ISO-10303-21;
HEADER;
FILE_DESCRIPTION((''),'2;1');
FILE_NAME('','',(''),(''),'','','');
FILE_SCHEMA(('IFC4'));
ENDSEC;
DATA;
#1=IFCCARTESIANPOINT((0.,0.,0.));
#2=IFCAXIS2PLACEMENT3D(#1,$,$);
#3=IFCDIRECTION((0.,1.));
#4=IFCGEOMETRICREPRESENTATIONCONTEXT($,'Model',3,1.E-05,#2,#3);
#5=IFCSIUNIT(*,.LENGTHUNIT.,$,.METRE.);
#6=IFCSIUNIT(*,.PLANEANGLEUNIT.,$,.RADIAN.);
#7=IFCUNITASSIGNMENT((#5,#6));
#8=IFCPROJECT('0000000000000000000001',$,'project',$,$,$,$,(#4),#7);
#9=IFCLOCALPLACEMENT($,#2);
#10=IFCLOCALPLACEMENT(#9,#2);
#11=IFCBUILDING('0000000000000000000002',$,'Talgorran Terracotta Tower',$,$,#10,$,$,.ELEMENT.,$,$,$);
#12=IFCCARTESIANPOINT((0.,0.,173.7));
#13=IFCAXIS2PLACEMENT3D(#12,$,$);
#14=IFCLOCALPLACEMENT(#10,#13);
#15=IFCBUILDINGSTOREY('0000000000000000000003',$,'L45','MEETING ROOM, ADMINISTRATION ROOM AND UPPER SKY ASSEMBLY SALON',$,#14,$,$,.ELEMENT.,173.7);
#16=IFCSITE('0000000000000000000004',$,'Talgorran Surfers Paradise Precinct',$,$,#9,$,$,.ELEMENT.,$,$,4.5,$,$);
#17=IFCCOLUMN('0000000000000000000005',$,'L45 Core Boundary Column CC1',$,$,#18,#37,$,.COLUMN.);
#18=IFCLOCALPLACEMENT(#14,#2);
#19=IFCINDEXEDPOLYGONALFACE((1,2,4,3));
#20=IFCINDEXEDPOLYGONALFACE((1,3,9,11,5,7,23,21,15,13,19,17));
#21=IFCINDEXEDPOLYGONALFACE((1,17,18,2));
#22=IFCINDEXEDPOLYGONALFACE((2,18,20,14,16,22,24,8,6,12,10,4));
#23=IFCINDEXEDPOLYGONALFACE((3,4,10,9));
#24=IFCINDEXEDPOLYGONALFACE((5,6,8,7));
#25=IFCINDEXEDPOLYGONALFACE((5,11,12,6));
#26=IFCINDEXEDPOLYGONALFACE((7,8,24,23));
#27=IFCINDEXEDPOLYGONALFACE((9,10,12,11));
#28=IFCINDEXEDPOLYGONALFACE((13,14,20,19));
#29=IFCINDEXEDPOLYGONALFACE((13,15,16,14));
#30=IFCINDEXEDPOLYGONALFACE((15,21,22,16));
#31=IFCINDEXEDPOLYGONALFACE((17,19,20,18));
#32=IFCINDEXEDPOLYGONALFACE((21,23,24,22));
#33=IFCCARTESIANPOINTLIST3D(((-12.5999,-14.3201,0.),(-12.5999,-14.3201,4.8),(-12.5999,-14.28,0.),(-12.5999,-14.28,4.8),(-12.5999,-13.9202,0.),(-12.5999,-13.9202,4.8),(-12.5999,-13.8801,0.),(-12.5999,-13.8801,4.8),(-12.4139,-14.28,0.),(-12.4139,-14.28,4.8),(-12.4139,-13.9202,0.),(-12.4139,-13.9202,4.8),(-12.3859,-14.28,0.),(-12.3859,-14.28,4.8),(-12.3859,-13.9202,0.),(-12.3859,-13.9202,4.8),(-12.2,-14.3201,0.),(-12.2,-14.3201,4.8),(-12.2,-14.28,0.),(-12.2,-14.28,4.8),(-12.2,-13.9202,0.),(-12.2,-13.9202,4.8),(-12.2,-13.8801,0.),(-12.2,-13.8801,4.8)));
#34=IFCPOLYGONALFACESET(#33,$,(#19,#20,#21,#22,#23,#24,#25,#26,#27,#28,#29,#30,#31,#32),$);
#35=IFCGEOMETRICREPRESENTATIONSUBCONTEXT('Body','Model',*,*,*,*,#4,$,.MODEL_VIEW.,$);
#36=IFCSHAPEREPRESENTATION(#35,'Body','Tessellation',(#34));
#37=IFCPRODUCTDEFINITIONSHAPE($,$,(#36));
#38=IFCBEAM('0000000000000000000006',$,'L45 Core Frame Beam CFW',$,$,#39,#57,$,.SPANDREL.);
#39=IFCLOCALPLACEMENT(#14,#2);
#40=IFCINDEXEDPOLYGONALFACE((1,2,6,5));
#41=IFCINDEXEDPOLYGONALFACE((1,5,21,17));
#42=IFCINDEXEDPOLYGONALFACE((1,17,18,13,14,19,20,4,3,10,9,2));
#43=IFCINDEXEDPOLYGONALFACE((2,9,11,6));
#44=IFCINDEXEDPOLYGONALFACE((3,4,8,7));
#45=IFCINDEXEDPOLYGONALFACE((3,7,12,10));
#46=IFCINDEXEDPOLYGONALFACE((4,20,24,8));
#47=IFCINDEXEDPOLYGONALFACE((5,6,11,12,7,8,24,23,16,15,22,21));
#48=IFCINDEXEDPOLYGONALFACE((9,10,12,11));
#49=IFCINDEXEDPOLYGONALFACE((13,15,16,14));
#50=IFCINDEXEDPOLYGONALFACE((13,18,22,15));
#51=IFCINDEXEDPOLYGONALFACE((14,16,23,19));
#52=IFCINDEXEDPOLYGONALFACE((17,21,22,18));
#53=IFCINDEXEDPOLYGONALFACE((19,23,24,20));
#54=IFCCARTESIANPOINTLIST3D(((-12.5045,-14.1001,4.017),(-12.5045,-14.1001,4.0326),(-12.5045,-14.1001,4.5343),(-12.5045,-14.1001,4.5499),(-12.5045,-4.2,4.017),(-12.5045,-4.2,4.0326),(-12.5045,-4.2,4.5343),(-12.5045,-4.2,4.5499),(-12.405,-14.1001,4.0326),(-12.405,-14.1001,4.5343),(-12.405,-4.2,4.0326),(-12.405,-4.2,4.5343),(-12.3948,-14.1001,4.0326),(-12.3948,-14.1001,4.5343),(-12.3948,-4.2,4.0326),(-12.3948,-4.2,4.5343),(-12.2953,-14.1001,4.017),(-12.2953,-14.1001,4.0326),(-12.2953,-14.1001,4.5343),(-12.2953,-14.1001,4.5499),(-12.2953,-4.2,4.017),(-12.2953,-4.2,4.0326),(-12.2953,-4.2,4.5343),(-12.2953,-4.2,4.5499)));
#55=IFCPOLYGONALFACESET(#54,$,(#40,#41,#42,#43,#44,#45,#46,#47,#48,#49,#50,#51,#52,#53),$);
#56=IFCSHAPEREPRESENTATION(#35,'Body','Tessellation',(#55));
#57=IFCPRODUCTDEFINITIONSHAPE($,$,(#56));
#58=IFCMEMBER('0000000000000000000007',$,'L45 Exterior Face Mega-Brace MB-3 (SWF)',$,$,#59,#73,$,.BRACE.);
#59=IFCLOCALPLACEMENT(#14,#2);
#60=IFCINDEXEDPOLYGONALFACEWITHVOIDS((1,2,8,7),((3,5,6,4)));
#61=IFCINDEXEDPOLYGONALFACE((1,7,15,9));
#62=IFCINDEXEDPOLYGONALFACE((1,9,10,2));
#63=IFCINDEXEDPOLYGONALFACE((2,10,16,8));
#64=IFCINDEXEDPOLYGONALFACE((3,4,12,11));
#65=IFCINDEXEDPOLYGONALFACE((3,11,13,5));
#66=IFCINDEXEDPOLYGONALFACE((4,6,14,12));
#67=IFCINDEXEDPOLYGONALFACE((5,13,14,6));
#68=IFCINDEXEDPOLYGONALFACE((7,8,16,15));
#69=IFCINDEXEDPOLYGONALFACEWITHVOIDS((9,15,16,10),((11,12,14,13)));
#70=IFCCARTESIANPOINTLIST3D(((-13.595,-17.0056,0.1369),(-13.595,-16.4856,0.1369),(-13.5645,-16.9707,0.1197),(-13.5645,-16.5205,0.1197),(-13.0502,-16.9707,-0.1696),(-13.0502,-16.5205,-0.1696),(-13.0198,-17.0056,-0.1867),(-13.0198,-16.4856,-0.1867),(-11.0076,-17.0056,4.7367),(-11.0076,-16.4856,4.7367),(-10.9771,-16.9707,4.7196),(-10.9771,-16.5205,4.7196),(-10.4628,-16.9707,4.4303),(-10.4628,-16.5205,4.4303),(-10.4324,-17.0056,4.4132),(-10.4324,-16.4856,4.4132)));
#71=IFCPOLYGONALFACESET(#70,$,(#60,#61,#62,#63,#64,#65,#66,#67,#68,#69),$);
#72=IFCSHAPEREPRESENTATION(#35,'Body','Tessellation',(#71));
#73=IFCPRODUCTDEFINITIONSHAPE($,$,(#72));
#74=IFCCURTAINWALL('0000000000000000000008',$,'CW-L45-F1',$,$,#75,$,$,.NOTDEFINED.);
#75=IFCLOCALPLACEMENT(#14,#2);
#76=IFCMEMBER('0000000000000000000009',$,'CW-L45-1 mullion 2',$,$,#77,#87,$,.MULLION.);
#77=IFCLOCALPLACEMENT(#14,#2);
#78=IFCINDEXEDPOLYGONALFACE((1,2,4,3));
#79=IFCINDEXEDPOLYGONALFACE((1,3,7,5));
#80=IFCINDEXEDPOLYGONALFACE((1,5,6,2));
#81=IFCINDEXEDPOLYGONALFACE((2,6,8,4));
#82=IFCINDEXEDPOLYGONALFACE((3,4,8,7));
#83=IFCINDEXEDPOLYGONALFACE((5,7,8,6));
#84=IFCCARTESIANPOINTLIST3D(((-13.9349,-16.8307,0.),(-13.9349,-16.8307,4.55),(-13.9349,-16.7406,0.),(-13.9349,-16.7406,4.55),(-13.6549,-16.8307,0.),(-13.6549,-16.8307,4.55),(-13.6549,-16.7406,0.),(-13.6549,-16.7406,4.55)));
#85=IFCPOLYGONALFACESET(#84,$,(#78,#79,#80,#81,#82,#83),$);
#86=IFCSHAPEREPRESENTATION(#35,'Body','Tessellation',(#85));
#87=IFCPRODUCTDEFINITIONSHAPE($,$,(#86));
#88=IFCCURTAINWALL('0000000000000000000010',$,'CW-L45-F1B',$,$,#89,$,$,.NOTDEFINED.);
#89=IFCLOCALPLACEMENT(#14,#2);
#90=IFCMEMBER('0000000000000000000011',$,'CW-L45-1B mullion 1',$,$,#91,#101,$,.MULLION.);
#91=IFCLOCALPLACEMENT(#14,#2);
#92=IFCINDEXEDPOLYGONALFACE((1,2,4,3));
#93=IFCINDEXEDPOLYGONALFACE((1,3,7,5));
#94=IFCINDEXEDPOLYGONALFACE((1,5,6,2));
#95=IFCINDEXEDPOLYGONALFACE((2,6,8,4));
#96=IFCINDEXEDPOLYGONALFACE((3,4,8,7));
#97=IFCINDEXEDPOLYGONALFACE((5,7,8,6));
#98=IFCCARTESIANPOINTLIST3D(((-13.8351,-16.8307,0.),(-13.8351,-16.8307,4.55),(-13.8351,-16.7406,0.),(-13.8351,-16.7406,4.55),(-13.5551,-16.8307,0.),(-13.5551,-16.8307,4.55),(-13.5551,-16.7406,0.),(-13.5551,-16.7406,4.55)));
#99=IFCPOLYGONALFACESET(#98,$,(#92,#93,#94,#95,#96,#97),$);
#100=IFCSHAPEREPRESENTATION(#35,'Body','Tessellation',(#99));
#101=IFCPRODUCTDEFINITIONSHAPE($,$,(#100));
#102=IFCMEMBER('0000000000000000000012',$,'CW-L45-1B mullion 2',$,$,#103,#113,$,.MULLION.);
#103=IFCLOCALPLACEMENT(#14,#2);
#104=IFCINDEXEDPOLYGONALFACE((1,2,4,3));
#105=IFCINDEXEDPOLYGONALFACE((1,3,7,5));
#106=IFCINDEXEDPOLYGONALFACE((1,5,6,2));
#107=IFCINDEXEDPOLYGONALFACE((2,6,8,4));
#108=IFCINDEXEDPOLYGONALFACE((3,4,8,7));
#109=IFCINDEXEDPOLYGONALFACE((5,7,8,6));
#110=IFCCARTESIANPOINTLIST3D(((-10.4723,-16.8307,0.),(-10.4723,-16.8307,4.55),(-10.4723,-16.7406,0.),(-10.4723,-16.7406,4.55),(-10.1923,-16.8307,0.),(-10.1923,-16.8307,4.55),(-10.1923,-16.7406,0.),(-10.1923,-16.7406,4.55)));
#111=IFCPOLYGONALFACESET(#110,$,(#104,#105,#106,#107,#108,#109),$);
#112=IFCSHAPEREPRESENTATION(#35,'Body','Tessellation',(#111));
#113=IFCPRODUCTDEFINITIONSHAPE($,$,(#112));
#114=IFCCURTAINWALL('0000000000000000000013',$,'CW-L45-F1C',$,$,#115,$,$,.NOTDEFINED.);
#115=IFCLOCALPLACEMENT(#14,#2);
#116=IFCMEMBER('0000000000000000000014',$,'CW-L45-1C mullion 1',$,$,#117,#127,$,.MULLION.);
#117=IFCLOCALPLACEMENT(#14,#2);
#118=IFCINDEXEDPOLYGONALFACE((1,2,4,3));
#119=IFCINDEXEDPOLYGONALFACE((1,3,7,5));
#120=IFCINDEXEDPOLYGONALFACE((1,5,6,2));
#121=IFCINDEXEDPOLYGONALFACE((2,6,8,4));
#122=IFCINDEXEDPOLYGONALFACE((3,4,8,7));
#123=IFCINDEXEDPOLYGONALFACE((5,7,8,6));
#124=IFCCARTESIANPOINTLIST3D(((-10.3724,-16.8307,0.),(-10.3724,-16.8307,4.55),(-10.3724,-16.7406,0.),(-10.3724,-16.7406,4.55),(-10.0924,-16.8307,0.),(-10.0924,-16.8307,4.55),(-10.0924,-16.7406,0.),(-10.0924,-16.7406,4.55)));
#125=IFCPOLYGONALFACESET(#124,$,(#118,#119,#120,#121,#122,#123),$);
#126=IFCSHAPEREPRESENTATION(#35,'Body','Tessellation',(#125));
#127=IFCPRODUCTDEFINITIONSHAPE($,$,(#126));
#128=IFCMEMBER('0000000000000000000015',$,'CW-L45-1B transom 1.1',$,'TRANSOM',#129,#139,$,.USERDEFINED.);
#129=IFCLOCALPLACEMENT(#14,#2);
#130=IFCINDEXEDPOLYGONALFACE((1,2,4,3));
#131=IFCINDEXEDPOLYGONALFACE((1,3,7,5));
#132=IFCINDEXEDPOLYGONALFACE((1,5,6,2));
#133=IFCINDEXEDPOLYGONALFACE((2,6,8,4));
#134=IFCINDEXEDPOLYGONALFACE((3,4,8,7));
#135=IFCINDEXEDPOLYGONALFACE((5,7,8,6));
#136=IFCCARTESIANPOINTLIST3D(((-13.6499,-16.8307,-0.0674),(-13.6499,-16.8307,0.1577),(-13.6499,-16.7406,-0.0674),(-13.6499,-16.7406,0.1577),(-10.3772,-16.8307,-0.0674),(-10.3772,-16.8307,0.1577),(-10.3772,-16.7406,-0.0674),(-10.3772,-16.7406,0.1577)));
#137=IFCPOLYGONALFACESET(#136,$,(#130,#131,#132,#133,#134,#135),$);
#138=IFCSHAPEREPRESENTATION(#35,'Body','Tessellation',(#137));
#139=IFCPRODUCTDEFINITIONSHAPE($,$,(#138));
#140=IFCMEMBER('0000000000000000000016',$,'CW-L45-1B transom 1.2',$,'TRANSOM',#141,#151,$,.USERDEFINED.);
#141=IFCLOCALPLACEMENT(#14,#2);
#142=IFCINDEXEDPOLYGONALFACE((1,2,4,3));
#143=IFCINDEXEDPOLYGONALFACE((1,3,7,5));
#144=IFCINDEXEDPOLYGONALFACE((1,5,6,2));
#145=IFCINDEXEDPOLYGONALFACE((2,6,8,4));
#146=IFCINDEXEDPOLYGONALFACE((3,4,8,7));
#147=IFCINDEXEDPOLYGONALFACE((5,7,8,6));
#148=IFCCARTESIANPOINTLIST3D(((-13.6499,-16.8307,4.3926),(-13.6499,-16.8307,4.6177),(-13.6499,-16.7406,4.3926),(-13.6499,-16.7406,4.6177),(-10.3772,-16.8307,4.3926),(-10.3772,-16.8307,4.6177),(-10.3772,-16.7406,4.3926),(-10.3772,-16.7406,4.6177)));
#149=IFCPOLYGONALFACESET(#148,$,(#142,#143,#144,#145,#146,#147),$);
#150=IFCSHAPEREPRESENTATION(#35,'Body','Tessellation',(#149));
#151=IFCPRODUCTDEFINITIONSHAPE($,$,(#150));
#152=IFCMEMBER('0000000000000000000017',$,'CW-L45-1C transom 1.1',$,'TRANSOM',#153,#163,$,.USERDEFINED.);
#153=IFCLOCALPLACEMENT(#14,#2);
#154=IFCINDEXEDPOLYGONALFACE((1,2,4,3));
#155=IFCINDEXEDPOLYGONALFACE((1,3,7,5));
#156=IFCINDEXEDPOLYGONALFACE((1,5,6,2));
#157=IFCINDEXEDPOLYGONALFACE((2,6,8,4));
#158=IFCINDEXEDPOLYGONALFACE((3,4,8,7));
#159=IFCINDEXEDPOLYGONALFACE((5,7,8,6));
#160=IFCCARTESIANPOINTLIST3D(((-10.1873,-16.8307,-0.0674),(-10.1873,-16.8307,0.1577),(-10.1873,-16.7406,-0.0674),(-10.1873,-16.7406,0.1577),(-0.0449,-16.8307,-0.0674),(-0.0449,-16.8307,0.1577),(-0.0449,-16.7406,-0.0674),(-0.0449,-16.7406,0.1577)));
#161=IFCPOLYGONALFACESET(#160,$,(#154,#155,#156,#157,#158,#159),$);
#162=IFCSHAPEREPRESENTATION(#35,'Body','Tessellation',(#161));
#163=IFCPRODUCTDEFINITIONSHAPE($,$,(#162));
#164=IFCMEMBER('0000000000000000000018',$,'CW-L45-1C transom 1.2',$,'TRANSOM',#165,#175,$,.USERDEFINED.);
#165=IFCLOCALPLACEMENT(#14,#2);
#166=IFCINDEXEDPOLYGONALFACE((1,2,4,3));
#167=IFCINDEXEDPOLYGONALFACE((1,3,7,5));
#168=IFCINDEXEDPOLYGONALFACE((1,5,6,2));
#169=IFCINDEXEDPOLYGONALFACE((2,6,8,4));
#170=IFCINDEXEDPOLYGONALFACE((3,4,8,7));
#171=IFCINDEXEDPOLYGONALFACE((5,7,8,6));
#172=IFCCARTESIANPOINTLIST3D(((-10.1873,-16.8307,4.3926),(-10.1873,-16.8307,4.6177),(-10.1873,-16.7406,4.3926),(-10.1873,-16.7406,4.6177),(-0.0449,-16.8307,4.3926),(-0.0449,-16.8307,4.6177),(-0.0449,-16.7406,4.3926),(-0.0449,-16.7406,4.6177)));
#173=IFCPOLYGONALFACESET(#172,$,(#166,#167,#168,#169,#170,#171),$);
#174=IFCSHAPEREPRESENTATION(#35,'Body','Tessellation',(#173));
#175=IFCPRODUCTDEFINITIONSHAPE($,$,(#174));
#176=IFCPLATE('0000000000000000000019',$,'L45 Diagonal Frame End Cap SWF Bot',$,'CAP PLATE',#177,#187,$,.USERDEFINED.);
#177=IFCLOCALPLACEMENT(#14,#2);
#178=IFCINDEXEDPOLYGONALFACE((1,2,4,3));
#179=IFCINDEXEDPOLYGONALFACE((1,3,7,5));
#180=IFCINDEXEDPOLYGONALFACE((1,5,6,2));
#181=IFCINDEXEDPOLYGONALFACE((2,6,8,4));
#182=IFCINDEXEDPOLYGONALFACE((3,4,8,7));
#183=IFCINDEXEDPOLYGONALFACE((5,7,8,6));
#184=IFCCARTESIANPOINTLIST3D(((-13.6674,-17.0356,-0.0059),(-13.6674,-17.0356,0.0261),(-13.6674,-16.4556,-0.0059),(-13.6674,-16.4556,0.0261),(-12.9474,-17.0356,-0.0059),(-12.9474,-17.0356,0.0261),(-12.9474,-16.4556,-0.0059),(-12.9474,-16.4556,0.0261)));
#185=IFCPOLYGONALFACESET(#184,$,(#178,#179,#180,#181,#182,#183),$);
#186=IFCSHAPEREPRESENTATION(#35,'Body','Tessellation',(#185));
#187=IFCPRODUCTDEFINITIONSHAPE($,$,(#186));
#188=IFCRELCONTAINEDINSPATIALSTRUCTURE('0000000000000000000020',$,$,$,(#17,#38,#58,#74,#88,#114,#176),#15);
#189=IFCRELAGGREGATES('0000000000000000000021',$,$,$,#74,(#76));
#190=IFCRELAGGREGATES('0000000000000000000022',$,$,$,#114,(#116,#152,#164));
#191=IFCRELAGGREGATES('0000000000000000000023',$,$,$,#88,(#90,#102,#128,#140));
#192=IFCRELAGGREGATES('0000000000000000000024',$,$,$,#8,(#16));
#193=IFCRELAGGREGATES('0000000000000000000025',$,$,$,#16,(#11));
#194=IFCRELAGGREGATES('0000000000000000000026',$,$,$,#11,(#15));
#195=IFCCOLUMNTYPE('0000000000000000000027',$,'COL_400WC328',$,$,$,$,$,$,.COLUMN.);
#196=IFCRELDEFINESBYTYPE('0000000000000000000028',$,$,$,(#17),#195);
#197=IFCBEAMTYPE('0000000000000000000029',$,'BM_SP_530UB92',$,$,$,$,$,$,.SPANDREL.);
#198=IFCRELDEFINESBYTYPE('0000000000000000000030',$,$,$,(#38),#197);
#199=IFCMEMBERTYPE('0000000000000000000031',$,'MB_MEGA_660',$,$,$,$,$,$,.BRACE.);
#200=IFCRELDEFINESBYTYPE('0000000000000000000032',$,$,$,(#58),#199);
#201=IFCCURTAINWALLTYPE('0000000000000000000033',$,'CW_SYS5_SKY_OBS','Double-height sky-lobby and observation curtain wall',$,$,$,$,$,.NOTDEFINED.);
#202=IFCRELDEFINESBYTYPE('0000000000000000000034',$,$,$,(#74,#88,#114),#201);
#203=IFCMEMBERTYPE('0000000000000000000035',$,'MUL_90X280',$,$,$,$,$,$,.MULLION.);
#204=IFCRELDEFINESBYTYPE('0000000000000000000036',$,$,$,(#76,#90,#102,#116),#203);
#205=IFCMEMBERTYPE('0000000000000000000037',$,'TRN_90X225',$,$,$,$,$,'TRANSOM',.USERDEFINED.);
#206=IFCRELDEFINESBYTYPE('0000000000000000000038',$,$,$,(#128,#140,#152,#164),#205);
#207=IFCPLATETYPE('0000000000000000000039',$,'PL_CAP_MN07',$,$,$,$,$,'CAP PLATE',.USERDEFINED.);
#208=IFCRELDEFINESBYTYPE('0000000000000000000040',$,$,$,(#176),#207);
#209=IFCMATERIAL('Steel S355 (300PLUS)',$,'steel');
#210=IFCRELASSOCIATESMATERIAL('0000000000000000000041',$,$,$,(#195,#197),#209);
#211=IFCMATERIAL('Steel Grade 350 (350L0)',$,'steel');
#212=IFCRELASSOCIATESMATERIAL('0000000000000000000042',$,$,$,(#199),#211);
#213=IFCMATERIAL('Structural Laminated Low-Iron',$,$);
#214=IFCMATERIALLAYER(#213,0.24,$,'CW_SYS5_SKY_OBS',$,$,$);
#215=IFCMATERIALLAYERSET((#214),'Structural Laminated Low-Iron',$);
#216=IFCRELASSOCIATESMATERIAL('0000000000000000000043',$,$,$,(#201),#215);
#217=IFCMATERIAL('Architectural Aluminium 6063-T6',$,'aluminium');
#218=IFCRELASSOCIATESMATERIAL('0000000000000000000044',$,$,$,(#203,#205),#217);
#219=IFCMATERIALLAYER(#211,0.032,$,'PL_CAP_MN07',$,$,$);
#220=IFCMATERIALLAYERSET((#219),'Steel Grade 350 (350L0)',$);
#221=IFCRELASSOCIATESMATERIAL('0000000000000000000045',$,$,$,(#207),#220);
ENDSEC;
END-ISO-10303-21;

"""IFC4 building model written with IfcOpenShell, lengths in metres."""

from ifc_helpers import new_model, si_unit, direction, frame, origin, origin_2d, place, context, subcontext, project, spatial, rectangle, hollow_rectangle, i_section, extrude, material, layer, layer_set, material_profile, profile_set, type_object, element, aggregate, save


model = new_model("IFC4")

# Units and contexts
model_context = context("Model", 3, precision=1e-05, world=origin(), true_north=direction((0.0, 1.0)))
body_context = subcontext(model_context, "Body", "Model", "MODEL_VIEW")
ifc_project = project(units=[si_unit("LENGTHUNIT", "METRE"), si_unit("PLANEANGLEUNIT", "RADIAN")], contexts=[model_context])

# Site, building, storey
site_placement = place(None, origin())
site = spatial("IfcSite", under=ifc_project, at=site_placement, Name="Talgorran Surfers Paradise Precinct", CompositionType="ELEMENT", RefElevation=4.5)
building_placement = place(site_placement, origin())
building = spatial("IfcBuilding", under=site, at=building_placement, Name="Talgorran Terracotta Tower", CompositionType="ELEMENT")
storey_placement = place(building_placement, frame((0.0, 0.0, 173.7)))
storey = spatial("IfcBuildingStorey", under=building, at=storey_placement, Name="L45", Description="MEETING ROOM, ADMINISTRATION ROOM AND UPPER SKY ASSEMBLY SALON", CompositionType="ELEMENT", Elevation=173.7)

# Column
ifc_material_1 = material(Name="Steel S355 (300PLUS)", Category="steel")
ifc_material_profile_1 = material_profile(ifc_material_1, i_section(OverallWidth=0.3999, OverallDepth=0.4399, WebThickness=0.0281, FlangeThickness=0.04, at=origin_2d()), Name="400WC328")
ifc_profile_set_1 = profile_set([ifc_material_profile_1], Name="Steel S355 (300PLUS)")
column_type = type_object("IfcColumnType", Name="COL_400WC328", PredefinedType="COLUMN", material=ifc_profile_set_1)
column_placement = place(storey_placement, frame((-12.3999, -14.1001, 0.0), z_axis=(0.0, 0.0, 1.0), x_axis=(1.0, 0.0, 0.0)))
element("IfcColumn", 1, at=column_placement, inside=storey, type_object=column_type, Name="L45 Core Boundary Column CC1", PredefinedType="COLUMN", context=body_context, shape_type="SweptSolid", body=[
    extrude(i_section(OverallWidth=0.3999, OverallDepth=0.4399, WebThickness=0.0281, FlangeThickness=0.04, at=origin_2d()), origin(), (0.0, 0.0, 1.0), 4.8),
])

# Beam
ifc_material_profile_2 = material_profile(ifc_material_1, i_section(OverallWidth=0.2092, OverallDepth=0.533, WebThickness=0.0103, FlangeThickness=0.0156, at=origin_2d()), Name="530UB92.4")
ifc_profile_set_2 = profile_set([ifc_material_profile_2], Name="Steel S355 (300PLUS)")
beam_type = type_object("IfcBeamType", Name="BM_SP_530UB92", PredefinedType="SPANDREL", material=ifc_profile_set_2)
beam_placement = place(storey_placement, frame((-12.3999, -14.1001, 4.2834), z_axis=(0.0, 1.0, 0.0), x_axis=(-1.0, 0.0, 0.0)))
element("IfcBeam", 2, at=beam_placement, inside=storey, type_object=beam_type, Name="L45 Core Frame Beam CFW", PredefinedType="SPANDREL", context=body_context, shape_type="SweptSolid", body=[
    extrude(i_section(OverallWidth=0.2092, OverallDepth=0.533, WebThickness=0.0103, FlangeThickness=0.0156, at=origin_2d()), origin(), (0.0, 0.0, 1.0), 9.9001),
])

# Member
ifc_material_2 = material(Name="Steel Grade 350 (350L0)", Category="steel")
ifc_material_profile_3 = material_profile(ifc_material_2, hollow_rectangle(XDim=0.52, YDim=0.6599, WallThickness=0.0349, at=origin_2d()), Name="WBOX660X520X35")
ifc_profile_set_3 = profile_set([ifc_material_profile_3], Name="Steel Grade 350 (350L0)")
member_type_1 = type_object("IfcMemberType", Name="MB_MEGA_660", PredefinedType="BRACE", material=ifc_profile_set_3)
member_1_placement = place(storey_placement, frame((-13.3074, -16.7456, -0.0249), z_axis=(0.490259, 0.0, 0.871577), x_axis=(0.0, 1.0, 0.0)))
element("IfcMember", 3, at=member_1_placement, inside=storey, type_object=member_type_1, Name="L45 Exterior Face Mega-Brace MB-3 (SWF)", PredefinedType="BRACE", context=body_context, shape_type="SweptSolid", body=[
    extrude(hollow_rectangle(XDim=0.52, YDim=0.6599, WallThickness=0.0349, at=origin_2d()), origin(), (0.0, 0.0, 1.0), 5.2776),
])

# Curtain wall, member
ifc_material_3 = material(Name="Structural Laminated Low-Iron")
ifc_layer_1 = layer(ifc_material_3, 0.24, Name="CW_SYS5_SKY_OBS")
ifc_layer_set_1 = layer_set([ifc_layer_1], Name="Structural Laminated Low-Iron")
curtain_wall_type = type_object("IfcCurtainWallType", Name="CW_SYS5_SKY_OBS", Description="Double-height sky-lobby and observation curtain wall", PredefinedType="NOTDEFINED", material=ifc_layer_set_1)
curtain_wall_1_placement = place(storey_placement, origin())
curtain_wall_1 = element("IfcCurtainWall", 4, at=curtain_wall_1_placement, inside=storey, type_object=curtain_wall_type, Name="CW-L45-F1", PredefinedType="NOTDEFINED")
ifc_material_4 = material(Name="Architectural Aluminium 6063-T6", Category="aluminium")
ifc_material_profile_4 = material_profile(ifc_material_4, rectangle(XDim=0.0901, YDim=0.28, at=origin_2d()), Name="CWM90X280")
ifc_profile_set_4 = profile_set([ifc_material_profile_4], Name="Architectural Aluminium 6063-T6")
member_type_2 = type_object("IfcMemberType", Name="MUL_90X280", PredefinedType="MULLION", material=ifc_profile_set_4)
member_2_placement = place(storey_placement, frame((-13.7949, -16.7856, 0.0), z_axis=(0.0, 0.0, 1.0), x_axis=(0.0, 1.0, 0.0)))
member_2 = element("IfcMember", 5, at=member_2_placement, type_object=member_type_2, Name="CW-L45-1 mullion 2", PredefinedType="MULLION", context=body_context, shape_type="SweptSolid", body=[
    extrude(rectangle(XDim=0.0901, YDim=0.28, at=origin_2d()), origin(), (0.0, 0.0, 1.0), 4.55),
])
aggregate(curtain_wall_1, [member_2])

# Curtain wall, members
curtain_wall_2_placement = place(storey_placement, origin())
curtain_wall_2 = element("IfcCurtainWall", 6, at=curtain_wall_2_placement, inside=storey, type_object=curtain_wall_type, Name="CW-L45-F1B", PredefinedType="NOTDEFINED")
member_3_placement = place(storey_placement, frame((-13.6951, -16.7856, 0.0), z_axis=(0.0, 0.0, 1.0), x_axis=(0.0, 1.0, 0.0)))
member_3 = element("IfcMember", 7, at=member_3_placement, type_object=member_type_2, Name="CW-L45-1B mullion 1", PredefinedType="MULLION", context=body_context, shape_type="SweptSolid", body=[
    extrude(rectangle(XDim=0.0901, YDim=0.28, at=origin_2d()), origin(), (0.0, 0.0, 1.0), 4.55),
])
member_4_placement = place(storey_placement, frame((-10.3323, -16.7856, 0.0), z_axis=(0.0, 0.0, 1.0), x_axis=(0.0, 1.0, 0.0)))
member_4 = element("IfcMember", 8, at=member_4_placement, type_object=member_type_2, Name="CW-L45-1B mullion 2", PredefinedType="MULLION", context=body_context, shape_type="SweptSolid", body=[
    extrude(rectangle(XDim=0.0901, YDim=0.28, at=origin_2d()), origin(), (0.0, 0.0, 1.0), 4.55),
])

# Curtain wall, member
curtain_wall_3_placement = place(storey_placement, origin())
curtain_wall_3 = element("IfcCurtainWall", 9, at=curtain_wall_3_placement, inside=storey, type_object=curtain_wall_type, Name="CW-L45-F1C", PredefinedType="NOTDEFINED")
member_5_placement = place(storey_placement, frame((-10.2324, -16.7856, 0.0), z_axis=(0.0, 0.0, 1.0), x_axis=(0.0, 1.0, 0.0)))
member_5 = element("IfcMember", 10, at=member_5_placement, type_object=member_type_2, Name="CW-L45-1C mullion 1", PredefinedType="MULLION", context=body_context, shape_type="SweptSolid", body=[
    extrude(rectangle(XDim=0.0901, YDim=0.28, at=origin_2d()), origin(), (0.0, 0.0, 1.0), 4.55),
])

# Members
ifc_material_profile_5 = material_profile(ifc_material_4, rectangle(XDim=0.0901, YDim=0.2251, at=origin_2d()), Name="CWT90X225")
ifc_profile_set_5 = profile_set([ifc_material_profile_5], Name="Architectural Aluminium 6063-T6")
member_type_3 = type_object("IfcMemberType", Name="TRN_90X225", ElementType="TRANSOM", PredefinedType="USERDEFINED", material=ifc_profile_set_5)
member_6_placement = place(storey_placement, frame((-13.6499, -16.7856, 0.0452), z_axis=(1.0, 0.0, 0.0), x_axis=(0.0, 1.0, 0.0)))
member_6 = element("IfcMember", 11, at=member_6_placement, type_object=member_type_3, Name="CW-L45-1B transom 1.1", ObjectType="TRANSOM", PredefinedType="USERDEFINED", context=body_context, shape_type="SweptSolid", body=[
    extrude(rectangle(XDim=0.0901, YDim=0.2251, at=origin_2d()), origin(), (0.0, 0.0, 1.0), 3.2727),
])
member_7_placement = place(storey_placement, frame((-13.6499, -16.7856, 4.5051), z_axis=(1.0, 0.0, 0.0), x_axis=(0.0, 1.0, 0.0)))
member_7 = element("IfcMember", 12, at=member_7_placement, type_object=member_type_3, Name="CW-L45-1B transom 1.2", ObjectType="TRANSOM", PredefinedType="USERDEFINED", context=body_context, shape_type="SweptSolid", body=[
    extrude(rectangle(XDim=0.0901, YDim=0.2251, at=origin_2d()), origin(), (0.0, 0.0, 1.0), 3.2727),
])
member_8_placement = place(storey_placement, frame((-10.1873, -16.7856, 0.0452), z_axis=(1.0, 0.0, 0.0), x_axis=(0.0, 1.0, 0.0)))
member_8 = element("IfcMember", 13, at=member_8_placement, type_object=member_type_3, Name="CW-L45-1C transom 1.1", ObjectType="TRANSOM", PredefinedType="USERDEFINED", context=body_context, shape_type="SweptSolid", body=[
    extrude(rectangle(XDim=0.0901, YDim=0.2251, at=origin_2d()), origin(), (0.0, 0.0, 1.0), 10.1423),
])
member_9_placement = place(storey_placement, frame((-10.1873, -16.7856, 4.5051), z_axis=(1.0, 0.0, 0.0), x_axis=(0.0, 1.0, 0.0)))
member_9 = element("IfcMember", 14, at=member_9_placement, type_object=member_type_3, Name="CW-L45-1C transom 1.2", ObjectType="TRANSOM", PredefinedType="USERDEFINED", context=body_context, shape_type="SweptSolid", body=[
    extrude(rectangle(XDim=0.0901, YDim=0.2251, at=origin_2d()), origin(), (0.0, 0.0, 1.0), 10.1423),
])
aggregate(curtain_wall_3, [member_5, member_8, member_9])

# Plate
ifc_layer_2 = layer(ifc_material_2, 0.032, Name="PL_CAP_MN07")
ifc_layer_set_2 = layer_set([ifc_layer_2], Name="Steel Grade 350 (350L0)")
plate_type_1 = type_object("IfcPlateType", Name="PL_CAP_MN07", ElementType="CAP PLATE", PredefinedType="USERDEFINED", material=ifc_layer_set_2)
for number, where, z_axis, x_axis, name in (
    (15, (-13.3074, -16.7456, -0.0059), (0.0, 0.0, 1.0), (1.0, 0.0, 0.0), "L45 Diagonal Frame End Cap SWF Bot"),
):
    element("IfcPlate", number, at=place(storey_placement, frame(where, z_axis=z_axis, x_axis=x_axis)), inside=storey, type_object=plate_type_1, Name=name, ObjectType="CAP PLATE", PredefinedType="USERDEFINED", context=body_context, shape_type="SweptSolid", body=[
        extrude(rectangle(XDim=0.72, YDim=0.5801, at=origin_2d()), origin(), (0.0, 0.0, 1.0), 0.032),
    ])

aggregate(curtain_wall_2, [member_3, member_4, member_6, member_7])

save(model, "model.ifc")
